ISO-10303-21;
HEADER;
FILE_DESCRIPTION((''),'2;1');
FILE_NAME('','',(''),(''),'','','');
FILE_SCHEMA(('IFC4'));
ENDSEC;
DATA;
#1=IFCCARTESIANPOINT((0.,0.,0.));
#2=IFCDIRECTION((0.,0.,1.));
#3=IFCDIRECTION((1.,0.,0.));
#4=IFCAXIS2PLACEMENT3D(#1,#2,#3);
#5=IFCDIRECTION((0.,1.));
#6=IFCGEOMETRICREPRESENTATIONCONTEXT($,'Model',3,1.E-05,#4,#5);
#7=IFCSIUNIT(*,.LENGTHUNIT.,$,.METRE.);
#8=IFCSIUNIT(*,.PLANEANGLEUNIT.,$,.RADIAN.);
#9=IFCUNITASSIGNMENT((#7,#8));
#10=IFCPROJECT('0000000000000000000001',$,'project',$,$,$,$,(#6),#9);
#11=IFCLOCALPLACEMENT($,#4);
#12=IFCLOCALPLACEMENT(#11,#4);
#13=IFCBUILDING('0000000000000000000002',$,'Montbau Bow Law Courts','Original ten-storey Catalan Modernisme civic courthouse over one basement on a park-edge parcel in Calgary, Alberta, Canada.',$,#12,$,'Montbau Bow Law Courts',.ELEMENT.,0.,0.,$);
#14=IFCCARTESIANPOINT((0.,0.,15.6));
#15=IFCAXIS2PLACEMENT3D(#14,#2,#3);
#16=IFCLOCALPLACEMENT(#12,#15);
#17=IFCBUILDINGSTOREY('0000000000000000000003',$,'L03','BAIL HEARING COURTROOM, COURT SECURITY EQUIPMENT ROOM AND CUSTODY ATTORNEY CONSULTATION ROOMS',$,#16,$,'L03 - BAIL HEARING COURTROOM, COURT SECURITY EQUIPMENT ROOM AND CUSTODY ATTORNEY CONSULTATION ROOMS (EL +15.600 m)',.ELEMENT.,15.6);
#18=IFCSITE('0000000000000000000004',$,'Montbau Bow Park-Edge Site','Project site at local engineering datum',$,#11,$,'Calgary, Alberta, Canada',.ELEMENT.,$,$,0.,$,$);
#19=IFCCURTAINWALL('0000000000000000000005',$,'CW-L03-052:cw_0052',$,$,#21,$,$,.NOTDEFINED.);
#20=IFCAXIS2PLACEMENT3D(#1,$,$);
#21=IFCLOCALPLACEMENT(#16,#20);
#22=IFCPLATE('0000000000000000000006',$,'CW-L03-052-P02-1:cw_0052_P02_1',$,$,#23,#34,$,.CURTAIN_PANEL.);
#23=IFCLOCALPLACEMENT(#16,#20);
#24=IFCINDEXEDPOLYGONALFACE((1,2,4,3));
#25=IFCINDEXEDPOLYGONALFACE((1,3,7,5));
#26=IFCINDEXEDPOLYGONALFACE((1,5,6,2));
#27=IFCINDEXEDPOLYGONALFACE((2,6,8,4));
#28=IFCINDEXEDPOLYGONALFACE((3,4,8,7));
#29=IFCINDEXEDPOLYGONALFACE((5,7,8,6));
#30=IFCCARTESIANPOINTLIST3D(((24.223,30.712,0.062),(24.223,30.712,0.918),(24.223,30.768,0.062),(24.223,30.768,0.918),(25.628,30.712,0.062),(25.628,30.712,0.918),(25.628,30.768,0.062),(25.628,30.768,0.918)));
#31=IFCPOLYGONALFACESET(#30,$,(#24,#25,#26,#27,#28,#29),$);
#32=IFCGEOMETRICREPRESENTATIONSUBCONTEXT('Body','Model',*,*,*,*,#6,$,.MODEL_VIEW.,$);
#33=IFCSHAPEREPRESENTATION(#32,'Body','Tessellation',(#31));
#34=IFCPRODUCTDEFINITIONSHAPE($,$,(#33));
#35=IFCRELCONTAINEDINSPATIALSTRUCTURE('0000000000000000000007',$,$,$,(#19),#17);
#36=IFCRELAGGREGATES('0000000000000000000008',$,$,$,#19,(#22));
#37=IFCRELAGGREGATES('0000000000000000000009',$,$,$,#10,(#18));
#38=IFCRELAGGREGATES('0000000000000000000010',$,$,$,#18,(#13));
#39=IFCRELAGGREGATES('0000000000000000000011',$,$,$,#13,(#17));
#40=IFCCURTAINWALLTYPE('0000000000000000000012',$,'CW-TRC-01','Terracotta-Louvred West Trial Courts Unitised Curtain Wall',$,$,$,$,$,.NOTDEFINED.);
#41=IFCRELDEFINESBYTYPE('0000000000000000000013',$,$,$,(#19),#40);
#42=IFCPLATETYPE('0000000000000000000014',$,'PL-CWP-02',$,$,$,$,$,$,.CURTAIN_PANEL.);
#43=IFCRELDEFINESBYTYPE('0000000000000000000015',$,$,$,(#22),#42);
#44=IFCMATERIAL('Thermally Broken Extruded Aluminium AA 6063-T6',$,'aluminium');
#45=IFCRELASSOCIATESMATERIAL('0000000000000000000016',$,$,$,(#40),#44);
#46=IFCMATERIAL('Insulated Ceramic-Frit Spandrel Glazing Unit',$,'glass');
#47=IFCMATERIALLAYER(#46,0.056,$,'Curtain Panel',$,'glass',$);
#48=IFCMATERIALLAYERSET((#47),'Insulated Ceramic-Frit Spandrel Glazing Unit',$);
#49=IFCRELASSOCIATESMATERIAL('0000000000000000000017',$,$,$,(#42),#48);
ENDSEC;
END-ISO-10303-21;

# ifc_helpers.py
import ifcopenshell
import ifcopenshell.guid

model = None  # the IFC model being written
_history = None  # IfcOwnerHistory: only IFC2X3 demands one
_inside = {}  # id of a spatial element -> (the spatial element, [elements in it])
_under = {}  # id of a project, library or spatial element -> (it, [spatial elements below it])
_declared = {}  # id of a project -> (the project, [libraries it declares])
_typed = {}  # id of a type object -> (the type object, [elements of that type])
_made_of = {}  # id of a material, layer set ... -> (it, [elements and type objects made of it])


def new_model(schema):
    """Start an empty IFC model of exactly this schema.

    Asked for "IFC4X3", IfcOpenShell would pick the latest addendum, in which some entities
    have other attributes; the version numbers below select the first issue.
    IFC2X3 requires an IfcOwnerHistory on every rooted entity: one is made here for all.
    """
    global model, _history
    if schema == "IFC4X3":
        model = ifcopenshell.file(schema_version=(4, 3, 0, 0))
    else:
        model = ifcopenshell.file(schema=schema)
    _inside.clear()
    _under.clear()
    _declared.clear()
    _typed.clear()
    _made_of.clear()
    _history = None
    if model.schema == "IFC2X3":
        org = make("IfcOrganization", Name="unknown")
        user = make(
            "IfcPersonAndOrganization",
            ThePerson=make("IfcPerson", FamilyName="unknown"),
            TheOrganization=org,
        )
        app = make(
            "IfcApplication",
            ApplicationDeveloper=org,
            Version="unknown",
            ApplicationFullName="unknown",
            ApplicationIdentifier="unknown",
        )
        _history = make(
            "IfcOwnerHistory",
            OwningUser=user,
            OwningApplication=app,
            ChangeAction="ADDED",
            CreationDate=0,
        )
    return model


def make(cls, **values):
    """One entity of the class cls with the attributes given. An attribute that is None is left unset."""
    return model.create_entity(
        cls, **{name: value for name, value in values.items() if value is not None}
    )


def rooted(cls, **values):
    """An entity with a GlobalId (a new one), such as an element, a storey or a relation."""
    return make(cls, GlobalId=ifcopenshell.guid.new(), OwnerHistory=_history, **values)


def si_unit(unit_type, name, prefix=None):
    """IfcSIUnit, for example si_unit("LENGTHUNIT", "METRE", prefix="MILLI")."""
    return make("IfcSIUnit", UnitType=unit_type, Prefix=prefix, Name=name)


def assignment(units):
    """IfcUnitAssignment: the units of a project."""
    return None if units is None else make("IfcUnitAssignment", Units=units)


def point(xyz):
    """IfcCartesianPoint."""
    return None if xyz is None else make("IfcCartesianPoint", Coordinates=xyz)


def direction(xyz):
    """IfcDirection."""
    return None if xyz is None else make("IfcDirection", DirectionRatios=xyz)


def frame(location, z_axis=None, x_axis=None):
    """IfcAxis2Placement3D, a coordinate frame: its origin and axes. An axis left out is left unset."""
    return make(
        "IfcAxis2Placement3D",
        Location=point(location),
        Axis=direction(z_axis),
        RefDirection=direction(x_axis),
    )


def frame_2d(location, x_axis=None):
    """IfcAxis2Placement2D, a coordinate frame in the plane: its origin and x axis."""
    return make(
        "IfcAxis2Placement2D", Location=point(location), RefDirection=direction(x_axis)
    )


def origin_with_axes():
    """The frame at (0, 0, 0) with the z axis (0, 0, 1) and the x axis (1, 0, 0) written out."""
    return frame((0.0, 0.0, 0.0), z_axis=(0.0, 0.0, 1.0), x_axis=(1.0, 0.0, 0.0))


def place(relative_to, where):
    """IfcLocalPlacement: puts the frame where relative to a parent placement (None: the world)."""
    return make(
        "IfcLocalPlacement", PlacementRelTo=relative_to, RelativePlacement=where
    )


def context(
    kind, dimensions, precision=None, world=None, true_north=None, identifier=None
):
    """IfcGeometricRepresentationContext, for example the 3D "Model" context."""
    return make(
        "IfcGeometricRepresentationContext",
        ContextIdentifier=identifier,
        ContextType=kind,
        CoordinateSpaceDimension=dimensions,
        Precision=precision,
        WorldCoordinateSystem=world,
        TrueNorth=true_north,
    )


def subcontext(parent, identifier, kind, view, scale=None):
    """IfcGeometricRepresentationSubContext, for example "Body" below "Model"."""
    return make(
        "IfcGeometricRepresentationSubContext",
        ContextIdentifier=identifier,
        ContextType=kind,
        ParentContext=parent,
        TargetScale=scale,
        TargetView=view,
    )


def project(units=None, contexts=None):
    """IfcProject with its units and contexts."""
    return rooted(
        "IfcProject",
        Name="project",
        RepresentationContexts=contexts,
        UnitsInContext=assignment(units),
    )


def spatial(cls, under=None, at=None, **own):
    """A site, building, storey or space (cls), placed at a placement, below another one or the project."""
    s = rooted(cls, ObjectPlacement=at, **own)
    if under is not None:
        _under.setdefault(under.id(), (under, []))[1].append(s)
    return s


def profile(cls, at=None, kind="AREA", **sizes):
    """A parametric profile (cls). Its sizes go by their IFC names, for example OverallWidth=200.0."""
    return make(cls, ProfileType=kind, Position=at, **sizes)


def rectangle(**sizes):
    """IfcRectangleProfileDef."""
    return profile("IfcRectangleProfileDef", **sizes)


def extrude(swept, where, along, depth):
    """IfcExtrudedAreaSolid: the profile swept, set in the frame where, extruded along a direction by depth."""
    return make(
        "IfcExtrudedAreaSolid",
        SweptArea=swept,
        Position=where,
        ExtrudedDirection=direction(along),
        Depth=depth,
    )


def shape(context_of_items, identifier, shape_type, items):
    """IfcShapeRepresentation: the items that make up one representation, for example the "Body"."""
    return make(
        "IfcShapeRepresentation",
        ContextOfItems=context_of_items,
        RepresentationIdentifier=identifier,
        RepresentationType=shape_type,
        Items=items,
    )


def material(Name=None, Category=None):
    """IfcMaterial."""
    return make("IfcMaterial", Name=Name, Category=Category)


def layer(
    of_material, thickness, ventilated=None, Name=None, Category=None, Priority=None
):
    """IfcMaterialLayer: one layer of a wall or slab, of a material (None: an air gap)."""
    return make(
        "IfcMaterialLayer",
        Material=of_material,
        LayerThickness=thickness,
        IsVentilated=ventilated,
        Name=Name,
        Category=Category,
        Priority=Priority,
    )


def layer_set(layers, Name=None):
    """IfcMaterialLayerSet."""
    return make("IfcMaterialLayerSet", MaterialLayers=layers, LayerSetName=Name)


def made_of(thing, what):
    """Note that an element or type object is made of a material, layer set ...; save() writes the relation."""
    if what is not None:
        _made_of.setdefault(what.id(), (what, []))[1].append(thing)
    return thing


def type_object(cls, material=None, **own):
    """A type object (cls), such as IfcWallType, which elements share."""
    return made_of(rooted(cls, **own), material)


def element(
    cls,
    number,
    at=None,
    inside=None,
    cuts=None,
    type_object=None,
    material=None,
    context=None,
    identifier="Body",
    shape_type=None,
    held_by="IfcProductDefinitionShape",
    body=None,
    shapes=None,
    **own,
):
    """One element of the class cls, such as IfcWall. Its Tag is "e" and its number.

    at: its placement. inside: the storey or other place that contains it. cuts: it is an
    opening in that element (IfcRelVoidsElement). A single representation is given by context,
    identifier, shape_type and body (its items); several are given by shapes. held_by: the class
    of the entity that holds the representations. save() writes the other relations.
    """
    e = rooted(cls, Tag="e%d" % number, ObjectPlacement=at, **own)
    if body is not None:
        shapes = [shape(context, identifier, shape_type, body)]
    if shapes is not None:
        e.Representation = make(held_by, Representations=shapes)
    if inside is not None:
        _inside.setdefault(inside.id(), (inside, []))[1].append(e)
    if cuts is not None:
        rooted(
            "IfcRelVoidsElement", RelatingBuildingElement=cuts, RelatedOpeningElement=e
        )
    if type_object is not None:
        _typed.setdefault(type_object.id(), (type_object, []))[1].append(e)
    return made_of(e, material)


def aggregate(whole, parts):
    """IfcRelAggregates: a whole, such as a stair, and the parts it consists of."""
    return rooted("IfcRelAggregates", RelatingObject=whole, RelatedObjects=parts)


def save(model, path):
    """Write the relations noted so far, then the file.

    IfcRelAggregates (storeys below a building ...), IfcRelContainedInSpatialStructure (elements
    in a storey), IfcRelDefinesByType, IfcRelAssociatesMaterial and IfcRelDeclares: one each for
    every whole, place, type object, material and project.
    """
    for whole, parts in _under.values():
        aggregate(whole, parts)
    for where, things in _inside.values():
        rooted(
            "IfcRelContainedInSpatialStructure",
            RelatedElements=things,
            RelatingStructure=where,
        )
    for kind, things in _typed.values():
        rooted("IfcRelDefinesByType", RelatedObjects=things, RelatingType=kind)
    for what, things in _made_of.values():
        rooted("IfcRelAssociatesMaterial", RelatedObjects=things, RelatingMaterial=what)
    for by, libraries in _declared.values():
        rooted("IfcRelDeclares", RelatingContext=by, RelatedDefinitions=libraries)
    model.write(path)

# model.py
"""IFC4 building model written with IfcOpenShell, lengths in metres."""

from ifc_helpers import new_model, si_unit, direction, frame, frame_2d, origin_with_axes, place, context, subcontext, project, spatial, rectangle, extrude, material, layer, layer_set, type_object, element, aggregate, save


model = new_model("IFC4")

# Units and contexts
model_context = context("Model", 3, precision=1e-05, world=origin_with_axes(), true_north=direction((0.0, 1.0)))
body_context = subcontext(model_context, "Body", "Model", "MODEL_VIEW")
ifc_project = project(units=[si_unit("LENGTHUNIT", "METRE"), si_unit("PLANEANGLEUNIT", "RADIAN")], contexts=[model_context])

# Site, building, storey
site_placement = place(None, origin_with_axes())
site = spatial("IfcSite", under=ifc_project, at=site_placement, Name="Montbau Bow Park-Edge Site", Description="Project site at local engineering datum", LongName="Calgary, Alberta, Canada", CompositionType="ELEMENT", RefElevation=0.0)
building_placement = place(site_placement, origin_with_axes())
building = spatial("IfcBuilding", under=site, at=building_placement, Name="Montbau Bow Law Courts", Description="Original ten-storey Catalan Modernisme civic courthouse over one basement on a park-edge parcel in Calgary, Alberta, Canada.", LongName="Montbau Bow Law Courts", CompositionType="ELEMENT", ElevationOfRefHeight=0.0, ElevationOfTerrain=0.0)
storey_placement = place(building_placement, frame((0.0, 0.0, 15.6), z_axis=(0.0, 0.0, 1.0), x_axis=(1.0, 0.0, 0.0)))
storey = spatial("IfcBuildingStorey", under=building, at=storey_placement, Name="L03", Description="BAIL HEARING COURTROOM, COURT SECURITY EQUIPMENT ROOM AND CUSTODY ATTORNEY CONSULTATION ROOMS", LongName="L03 - BAIL HEARING COURTROOM, COURT SECURITY EQUIPMENT ROOM AND CUSTODY ATTORNEY CONSULTATION ROOMS (EL +15.600 m)", CompositionType="ELEMENT", Elevation=15.6)

# Curtain wall
ifc_material_1 = material(Name="Thermally Broken Extruded Aluminium AA 6063-T6", Category="aluminium")
curtain_wall_type = type_object("IfcCurtainWallType", Name="CW-TRC-01", Description="Terracotta-Louvred West Trial Courts Unitised Curtain Wall", PredefinedType="NOTDEFINED", material=ifc_material_1)
curtain_wall_1_placement = place(None, frame((22.715, 30.74, 15.6), z_axis=(0.0, 0.0, 1.0), x_axis=(1.0, 0.0, 0.0)))
curtain_wall_1 = element("IfcCurtainWall", 1, at=curtain_wall_1_placement, inside=storey, type_object=curtain_wall_type, Name="CW-L03-052:cw_0052", PredefinedType="NOTDEFINED")

# Plate
ifc_material_2 = material(Name="Insulated Ceramic-Frit Spandrel Glazing Unit", Category="glass")
ifc_layer_1 = layer(ifc_material_2, 0.056, Name="Curtain Panel", Category="glass")
ifc_layer_set_1 = layer_set([ifc_layer_1], Name="Insulated Ceramic-Frit Spandrel Glazing Unit")
plate_type_1 = type_object("IfcPlateType", Name="PL-CWP-02", PredefinedType="CURTAIN_PANEL", material=ifc_layer_set_1)
plate_1_placement = place(None, frame((24.223, 30.74, 15.662), z_axis=(0.0, -1.0, 0.0), x_axis=(1.0, 0.0, 0.0)))
plate_1 = element("IfcPlate", 2, at=plate_1_placement, type_object=plate_type_1, Name="CW-L03-052-P02-1:cw_0052_P02_1", PredefinedType="CURTAIN_PANEL", context=body_context, shape_type="SweptSolid", body=[
    extrude(rectangle(XDim=1.405, YDim=0.856, at=frame_2d((0.7025, 0.428), x_axis=(1.0, 0.0))), frame((0.0, 0.0, -0.028), z_axis=(0.0, 0.0, 1.0), x_axis=(1.0, 0.0, 0.0)), (0.0, 0.0, 1.0), 0.056),
])
aggregate(curtain_wall_1, [plate_1])

save(model, "model.ifc")
